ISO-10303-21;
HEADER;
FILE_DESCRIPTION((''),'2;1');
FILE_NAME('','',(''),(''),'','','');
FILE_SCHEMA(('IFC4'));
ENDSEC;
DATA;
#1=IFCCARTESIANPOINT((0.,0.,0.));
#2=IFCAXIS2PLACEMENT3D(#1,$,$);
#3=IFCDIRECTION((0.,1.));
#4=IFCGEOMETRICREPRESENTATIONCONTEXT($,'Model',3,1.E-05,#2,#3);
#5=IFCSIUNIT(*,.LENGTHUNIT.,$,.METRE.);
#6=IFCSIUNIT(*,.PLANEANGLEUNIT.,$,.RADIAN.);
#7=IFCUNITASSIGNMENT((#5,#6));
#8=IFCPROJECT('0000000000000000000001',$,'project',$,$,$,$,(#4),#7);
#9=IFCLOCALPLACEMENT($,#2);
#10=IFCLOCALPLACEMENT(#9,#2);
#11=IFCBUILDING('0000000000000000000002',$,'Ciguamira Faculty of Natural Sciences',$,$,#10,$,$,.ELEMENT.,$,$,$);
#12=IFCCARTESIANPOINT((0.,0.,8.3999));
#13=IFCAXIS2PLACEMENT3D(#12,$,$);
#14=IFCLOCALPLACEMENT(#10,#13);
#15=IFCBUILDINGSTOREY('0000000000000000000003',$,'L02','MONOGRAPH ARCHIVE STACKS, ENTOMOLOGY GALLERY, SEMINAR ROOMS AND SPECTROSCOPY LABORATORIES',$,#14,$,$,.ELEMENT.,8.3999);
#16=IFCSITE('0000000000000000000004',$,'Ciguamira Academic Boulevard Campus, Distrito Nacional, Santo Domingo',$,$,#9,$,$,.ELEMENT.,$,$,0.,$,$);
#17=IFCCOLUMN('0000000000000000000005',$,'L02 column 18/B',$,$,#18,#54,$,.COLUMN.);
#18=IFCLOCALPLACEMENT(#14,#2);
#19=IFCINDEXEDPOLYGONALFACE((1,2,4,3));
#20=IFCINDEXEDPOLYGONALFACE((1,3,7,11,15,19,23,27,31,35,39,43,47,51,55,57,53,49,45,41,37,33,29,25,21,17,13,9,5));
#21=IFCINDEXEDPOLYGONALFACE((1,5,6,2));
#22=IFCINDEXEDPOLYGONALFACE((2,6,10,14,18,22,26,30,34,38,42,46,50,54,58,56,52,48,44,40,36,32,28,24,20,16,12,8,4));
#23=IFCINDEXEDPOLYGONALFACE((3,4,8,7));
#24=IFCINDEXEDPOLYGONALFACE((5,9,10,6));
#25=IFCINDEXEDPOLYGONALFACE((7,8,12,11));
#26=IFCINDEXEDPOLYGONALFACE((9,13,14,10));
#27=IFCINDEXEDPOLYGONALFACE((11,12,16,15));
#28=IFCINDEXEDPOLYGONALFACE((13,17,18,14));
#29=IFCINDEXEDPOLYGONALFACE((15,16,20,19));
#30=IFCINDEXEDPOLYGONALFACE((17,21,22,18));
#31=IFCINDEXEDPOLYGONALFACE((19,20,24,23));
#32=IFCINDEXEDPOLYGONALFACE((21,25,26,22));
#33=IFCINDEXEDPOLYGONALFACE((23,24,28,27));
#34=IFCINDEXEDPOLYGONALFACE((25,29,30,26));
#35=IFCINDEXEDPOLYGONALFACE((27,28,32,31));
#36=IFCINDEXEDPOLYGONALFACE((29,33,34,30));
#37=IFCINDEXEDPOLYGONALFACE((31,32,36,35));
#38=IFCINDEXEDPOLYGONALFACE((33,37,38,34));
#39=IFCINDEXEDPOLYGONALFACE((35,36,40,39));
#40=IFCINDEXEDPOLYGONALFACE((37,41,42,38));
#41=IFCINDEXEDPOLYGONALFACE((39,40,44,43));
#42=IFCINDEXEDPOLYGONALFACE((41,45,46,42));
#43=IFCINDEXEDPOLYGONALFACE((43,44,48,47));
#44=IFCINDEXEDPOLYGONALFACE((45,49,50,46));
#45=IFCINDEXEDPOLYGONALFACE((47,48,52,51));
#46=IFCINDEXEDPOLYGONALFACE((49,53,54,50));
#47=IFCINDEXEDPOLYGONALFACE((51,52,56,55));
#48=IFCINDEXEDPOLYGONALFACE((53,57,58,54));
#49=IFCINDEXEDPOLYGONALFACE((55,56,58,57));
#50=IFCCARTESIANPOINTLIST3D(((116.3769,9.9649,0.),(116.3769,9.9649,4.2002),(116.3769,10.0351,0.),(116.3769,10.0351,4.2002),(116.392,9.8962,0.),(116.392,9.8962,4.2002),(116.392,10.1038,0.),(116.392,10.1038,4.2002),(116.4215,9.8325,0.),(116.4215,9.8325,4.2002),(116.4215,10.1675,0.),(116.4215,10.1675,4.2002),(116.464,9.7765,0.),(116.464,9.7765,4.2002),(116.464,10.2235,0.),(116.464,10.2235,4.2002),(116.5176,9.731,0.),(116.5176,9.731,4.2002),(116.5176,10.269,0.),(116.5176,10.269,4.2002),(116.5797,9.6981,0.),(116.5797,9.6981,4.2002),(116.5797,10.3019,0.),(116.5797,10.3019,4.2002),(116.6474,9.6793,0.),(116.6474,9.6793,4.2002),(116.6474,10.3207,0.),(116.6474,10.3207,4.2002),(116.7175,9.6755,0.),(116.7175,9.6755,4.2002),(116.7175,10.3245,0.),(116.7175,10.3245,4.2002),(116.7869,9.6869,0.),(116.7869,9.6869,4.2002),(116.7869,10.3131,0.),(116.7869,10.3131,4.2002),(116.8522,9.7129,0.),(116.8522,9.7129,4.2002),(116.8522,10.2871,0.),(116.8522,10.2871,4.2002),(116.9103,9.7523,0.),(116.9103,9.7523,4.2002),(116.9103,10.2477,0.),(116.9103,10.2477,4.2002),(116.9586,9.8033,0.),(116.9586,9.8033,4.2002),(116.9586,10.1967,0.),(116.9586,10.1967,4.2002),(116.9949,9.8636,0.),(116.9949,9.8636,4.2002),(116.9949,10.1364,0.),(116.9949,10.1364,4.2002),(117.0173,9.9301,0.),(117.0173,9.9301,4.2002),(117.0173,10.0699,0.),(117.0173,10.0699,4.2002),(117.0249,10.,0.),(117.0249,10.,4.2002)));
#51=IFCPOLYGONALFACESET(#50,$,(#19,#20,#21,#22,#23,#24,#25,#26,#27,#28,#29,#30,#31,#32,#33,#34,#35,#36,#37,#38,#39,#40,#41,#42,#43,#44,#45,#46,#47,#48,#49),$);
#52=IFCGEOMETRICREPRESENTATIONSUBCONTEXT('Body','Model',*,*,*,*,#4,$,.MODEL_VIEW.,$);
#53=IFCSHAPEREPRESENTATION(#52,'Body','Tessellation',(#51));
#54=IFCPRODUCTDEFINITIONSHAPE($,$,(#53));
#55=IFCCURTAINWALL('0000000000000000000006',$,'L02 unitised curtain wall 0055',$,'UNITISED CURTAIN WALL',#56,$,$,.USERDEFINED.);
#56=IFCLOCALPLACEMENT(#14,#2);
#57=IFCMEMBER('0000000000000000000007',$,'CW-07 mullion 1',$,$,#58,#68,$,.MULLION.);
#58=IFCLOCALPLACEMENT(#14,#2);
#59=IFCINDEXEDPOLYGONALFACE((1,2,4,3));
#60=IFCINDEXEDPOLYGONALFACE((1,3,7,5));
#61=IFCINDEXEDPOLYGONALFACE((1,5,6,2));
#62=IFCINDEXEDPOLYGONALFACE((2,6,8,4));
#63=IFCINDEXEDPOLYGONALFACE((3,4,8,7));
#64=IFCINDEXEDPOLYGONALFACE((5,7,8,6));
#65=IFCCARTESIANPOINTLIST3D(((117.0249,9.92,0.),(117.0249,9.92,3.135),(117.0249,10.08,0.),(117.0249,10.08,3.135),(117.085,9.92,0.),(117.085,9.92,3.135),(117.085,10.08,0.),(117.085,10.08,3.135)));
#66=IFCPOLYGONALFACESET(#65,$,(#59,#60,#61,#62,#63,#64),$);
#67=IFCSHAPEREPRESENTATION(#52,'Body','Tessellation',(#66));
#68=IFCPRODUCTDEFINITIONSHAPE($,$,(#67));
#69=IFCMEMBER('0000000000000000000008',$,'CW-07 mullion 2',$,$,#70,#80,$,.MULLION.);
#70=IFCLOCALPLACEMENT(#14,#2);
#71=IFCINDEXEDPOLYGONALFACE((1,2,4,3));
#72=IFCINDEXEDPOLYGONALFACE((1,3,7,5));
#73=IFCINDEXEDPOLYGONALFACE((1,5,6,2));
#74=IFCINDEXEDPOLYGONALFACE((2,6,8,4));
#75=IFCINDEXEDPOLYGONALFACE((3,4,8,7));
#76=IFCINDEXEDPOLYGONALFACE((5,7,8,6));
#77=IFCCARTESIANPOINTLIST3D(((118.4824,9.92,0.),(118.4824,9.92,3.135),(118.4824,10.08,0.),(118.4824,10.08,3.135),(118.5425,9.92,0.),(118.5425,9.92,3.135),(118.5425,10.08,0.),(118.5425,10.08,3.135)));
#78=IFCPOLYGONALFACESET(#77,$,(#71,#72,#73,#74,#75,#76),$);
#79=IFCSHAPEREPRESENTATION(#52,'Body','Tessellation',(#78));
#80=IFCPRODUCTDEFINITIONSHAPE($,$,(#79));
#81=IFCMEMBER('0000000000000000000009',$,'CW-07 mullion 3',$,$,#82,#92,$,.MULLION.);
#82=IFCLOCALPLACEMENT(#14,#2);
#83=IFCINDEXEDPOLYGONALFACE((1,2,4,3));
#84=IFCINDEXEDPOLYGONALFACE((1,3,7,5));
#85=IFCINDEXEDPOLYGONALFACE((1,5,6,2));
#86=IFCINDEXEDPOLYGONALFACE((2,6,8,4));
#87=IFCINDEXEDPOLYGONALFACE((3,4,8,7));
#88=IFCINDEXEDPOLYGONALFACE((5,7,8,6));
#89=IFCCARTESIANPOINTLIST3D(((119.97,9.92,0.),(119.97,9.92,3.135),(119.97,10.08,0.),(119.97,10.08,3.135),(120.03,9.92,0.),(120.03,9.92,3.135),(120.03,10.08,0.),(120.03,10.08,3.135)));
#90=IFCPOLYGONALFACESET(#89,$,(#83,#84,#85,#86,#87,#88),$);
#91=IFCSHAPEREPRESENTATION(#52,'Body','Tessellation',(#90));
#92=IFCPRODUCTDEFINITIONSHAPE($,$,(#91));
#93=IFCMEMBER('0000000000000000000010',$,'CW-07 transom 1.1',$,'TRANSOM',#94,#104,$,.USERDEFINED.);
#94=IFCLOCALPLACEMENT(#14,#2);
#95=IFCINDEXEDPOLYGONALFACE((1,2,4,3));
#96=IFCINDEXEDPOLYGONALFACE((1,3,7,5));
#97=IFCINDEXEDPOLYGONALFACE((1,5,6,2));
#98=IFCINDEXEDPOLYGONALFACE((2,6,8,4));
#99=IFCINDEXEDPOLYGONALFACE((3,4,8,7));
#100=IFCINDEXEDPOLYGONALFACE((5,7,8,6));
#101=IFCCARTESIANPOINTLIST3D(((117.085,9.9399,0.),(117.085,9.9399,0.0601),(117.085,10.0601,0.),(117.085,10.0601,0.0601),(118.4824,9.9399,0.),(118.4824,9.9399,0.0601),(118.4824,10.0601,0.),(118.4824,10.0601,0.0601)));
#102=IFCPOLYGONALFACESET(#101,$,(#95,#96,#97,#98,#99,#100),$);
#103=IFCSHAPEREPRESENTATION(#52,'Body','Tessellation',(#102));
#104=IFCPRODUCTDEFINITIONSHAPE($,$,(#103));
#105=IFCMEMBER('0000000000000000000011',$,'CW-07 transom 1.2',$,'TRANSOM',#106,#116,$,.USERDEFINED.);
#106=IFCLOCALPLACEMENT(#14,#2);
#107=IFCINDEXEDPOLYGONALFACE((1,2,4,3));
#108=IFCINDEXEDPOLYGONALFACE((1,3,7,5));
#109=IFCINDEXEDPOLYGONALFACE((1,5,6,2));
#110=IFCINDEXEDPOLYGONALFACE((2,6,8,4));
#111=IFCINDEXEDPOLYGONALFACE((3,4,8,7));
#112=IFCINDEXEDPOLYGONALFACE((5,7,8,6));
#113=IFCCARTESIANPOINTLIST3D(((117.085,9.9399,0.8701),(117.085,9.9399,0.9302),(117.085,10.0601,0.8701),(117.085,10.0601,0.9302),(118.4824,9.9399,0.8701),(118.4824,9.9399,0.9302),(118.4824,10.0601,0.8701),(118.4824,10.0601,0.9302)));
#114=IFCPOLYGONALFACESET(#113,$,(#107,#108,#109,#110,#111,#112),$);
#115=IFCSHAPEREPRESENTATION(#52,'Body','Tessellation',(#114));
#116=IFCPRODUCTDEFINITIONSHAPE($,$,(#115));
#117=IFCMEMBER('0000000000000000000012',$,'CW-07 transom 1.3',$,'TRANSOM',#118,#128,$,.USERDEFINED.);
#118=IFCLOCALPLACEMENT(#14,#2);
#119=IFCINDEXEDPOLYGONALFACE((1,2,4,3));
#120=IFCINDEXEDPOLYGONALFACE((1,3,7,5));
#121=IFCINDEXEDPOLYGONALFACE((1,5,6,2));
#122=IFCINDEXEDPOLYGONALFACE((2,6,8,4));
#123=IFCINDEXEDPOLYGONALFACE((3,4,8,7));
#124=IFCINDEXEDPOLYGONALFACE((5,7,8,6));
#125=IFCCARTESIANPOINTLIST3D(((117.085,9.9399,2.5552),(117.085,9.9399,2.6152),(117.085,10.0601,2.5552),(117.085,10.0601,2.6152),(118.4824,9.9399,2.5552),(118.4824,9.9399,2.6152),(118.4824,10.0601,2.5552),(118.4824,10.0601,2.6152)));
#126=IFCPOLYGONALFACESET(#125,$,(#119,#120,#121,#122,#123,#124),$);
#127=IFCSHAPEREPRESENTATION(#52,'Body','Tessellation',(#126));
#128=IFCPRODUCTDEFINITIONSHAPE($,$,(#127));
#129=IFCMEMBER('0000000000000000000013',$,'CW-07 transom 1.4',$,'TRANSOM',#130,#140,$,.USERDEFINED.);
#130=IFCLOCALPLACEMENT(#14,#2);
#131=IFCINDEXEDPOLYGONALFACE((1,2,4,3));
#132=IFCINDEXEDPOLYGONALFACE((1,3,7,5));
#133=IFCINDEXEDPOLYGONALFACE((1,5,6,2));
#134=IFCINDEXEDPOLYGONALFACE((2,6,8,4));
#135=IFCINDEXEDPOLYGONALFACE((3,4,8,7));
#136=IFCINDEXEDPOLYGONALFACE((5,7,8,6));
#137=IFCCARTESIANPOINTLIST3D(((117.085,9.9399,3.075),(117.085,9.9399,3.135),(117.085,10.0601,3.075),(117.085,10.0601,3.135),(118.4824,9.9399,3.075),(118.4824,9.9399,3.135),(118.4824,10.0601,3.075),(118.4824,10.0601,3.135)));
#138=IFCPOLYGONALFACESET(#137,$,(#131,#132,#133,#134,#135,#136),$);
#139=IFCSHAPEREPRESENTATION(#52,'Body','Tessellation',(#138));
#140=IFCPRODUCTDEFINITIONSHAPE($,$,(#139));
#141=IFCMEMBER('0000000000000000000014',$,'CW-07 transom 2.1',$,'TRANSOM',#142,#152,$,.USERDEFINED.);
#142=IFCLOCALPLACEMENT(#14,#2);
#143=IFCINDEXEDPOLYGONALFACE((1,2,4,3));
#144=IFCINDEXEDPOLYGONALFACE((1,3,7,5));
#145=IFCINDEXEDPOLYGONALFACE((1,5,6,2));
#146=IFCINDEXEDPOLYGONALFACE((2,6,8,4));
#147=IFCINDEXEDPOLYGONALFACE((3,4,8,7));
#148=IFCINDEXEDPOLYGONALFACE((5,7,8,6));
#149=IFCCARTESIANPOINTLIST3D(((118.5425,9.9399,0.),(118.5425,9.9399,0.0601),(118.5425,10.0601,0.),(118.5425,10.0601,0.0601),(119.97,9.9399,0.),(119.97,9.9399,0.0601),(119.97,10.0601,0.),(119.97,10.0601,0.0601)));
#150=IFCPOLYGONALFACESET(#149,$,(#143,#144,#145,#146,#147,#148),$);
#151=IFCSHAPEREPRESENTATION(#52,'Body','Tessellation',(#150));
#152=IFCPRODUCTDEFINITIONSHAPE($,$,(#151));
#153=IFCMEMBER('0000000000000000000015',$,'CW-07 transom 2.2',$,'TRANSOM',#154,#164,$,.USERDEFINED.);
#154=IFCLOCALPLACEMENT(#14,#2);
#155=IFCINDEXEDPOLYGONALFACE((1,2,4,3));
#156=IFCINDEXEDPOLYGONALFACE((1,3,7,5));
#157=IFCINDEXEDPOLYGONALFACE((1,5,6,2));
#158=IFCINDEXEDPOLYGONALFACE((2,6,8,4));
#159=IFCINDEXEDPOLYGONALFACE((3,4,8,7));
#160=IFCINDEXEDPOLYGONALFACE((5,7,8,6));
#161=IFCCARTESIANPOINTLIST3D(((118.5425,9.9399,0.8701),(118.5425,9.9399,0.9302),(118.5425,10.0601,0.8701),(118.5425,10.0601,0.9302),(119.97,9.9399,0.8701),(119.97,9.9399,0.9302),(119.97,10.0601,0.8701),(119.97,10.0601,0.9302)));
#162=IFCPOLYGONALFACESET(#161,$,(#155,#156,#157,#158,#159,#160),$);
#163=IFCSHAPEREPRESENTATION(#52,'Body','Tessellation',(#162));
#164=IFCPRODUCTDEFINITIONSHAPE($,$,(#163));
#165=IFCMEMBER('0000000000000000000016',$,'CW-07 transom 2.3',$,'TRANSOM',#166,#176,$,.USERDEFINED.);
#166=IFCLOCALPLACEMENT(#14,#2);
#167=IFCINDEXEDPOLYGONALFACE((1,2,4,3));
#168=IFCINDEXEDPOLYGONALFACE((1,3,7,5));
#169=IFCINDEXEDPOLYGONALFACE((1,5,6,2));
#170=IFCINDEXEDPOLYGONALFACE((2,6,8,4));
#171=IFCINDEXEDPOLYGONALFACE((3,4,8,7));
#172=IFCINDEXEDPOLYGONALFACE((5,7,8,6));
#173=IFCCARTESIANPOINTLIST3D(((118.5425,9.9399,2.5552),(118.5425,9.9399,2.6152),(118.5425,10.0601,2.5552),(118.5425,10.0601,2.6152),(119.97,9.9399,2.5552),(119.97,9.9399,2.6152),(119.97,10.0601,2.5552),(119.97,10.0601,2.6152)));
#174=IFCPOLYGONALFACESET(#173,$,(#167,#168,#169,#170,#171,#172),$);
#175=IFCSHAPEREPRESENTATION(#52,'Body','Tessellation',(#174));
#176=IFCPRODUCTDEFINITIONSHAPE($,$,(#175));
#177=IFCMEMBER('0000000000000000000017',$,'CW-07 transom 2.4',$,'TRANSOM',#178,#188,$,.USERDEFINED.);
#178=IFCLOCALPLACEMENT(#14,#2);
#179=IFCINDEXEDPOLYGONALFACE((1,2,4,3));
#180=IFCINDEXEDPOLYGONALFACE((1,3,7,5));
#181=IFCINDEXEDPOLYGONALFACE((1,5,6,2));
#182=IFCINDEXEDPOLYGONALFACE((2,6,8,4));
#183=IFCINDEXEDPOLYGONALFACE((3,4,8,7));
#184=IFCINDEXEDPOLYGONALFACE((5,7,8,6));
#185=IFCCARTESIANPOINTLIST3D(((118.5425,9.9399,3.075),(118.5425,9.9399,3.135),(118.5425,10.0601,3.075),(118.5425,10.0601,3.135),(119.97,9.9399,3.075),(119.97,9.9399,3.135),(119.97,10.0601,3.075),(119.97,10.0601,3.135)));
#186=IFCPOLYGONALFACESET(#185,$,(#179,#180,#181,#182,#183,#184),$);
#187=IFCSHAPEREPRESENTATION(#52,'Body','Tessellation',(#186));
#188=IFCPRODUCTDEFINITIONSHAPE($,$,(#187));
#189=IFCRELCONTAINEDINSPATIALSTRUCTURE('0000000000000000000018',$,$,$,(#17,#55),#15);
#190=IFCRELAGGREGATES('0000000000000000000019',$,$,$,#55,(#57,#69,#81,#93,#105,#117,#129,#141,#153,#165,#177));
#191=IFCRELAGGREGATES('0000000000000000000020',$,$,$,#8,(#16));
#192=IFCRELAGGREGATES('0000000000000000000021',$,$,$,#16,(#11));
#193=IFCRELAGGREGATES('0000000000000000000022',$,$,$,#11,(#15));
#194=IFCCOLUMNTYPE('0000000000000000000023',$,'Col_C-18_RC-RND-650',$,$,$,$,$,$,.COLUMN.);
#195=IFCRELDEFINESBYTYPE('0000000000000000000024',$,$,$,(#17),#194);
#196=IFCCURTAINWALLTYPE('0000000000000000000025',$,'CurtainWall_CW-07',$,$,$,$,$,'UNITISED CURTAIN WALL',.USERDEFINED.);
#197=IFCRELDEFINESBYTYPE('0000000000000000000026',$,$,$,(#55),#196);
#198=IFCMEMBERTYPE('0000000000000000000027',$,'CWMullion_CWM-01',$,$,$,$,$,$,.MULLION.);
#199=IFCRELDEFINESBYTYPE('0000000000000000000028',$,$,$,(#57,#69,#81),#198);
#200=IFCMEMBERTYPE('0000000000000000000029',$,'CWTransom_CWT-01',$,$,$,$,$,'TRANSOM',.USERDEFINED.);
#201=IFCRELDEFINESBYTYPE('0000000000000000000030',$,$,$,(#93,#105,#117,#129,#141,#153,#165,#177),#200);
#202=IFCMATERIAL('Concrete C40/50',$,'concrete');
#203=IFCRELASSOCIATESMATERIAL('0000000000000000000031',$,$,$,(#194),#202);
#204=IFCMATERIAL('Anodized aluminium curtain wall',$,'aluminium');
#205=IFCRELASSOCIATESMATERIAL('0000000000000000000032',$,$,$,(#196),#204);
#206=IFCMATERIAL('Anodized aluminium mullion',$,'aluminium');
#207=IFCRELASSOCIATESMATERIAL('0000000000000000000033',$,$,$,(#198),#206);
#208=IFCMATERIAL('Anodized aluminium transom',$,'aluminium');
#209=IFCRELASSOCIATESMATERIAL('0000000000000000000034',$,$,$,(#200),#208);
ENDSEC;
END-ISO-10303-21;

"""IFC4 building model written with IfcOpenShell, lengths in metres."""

from ifc_helpers import new_model, si_unit, direction, frame, origin, origin_2d, place, context, subcontext, project, spatial, rectangle, circle, extrude, material, material_profile, profile_set, type_object, element, aggregate, save


model = new_model("IFC4")

# Units and contexts
model_context = context("Model", 3, precision=1e-05, world=origin(), true_north=direction((0.0, 1.0)))
body_context = subcontext(model_context, "Body", "Model", "MODEL_VIEW")
ifc_project = project(units=[si_unit("LENGTHUNIT", "METRE"), si_unit("PLANEANGLEUNIT", "RADIAN")], contexts=[model_context])

# Site, building, storey
site_placement = place(None, origin())
site = spatial("IfcSite", under=ifc_project, at=site_placement, Name="Ciguamira Academic Boulevard Campus, Distrito Nacional, Santo Domingo", CompositionType="ELEMENT", RefElevation=0.0)
building_placement = place(site_placement, origin())
building = spatial("IfcBuilding", under=site, at=building_placement, Name="Ciguamira Faculty of Natural Sciences", CompositionType="ELEMENT")
storey_placement = place(building_placement, frame((0.0, 0.0, 8.3999)))
storey = spatial("IfcBuildingStorey", under=building, at=storey_placement, Name="L02", Description="MONOGRAPH ARCHIVE STACKS, ENTOMOLOGY GALLERY, SEMINAR ROOMS AND SPECTROSCOPY LABORATORIES", CompositionType="ELEMENT", Elevation=8.3999)

# Column
ifc_material_1 = material(Name="Concrete C40/50", Category="concrete")
ifc_material_profile_1 = material_profile(ifc_material_1, circle(Radius=0.325, at=origin_2d()), Name="RC-RND-650")
ifc_profile_set_1 = profile_set([ifc_material_profile_1], Name="Concrete C40/50")
column_type = type_object("IfcColumnType", Name="Col_C-18_RC-RND-650", PredefinedType="COLUMN", material=ifc_profile_set_1)
column_placement = place(storey_placement, frame((116.7, 10.0, 0.0), z_axis=(0.0, 0.0, 1.0), x_axis=(1.0, 0.0, 0.0)))
element("IfcColumn", 1, at=column_placement, inside=storey, type_object=column_type, Name="L02 column 18/B", PredefinedType="COLUMN", context=body_context, shape_type="SweptSolid", body=[
    extrude(circle(Radius=0.325, at=origin_2d()), origin(), (0.0, 0.0, 1.0), 4.2002),
])

# Curtain wall, members
ifc_material_2 = material(Name="Anodized aluminium curtain wall", Category="aluminium")
curtain_wall_type = type_object("IfcCurtainWallType", Name="CurtainWall_CW-07", ElementType="UNITISED CURTAIN WALL", PredefinedType="USERDEFINED", material=ifc_material_2)
curtain_wall_placement = place(storey_placement, origin())
curtain_wall = element("IfcCurtainWall", 2, at=curtain_wall_placement, inside=storey, type_object=curtain_wall_type, Name="L02 unitised curtain wall 0055", ObjectType="UNITISED CURTAIN WALL", PredefinedType="USERDEFINED")
ifc_material_3 = material(Name="Anodized aluminium mullion", Category="aluminium")
ifc_material_profile_2 = material_profile(ifc_material_3, rectangle(XDim=0.0601, YDim=0.1599, at=origin_2d()), Name="ALU-MUL-60X160")
ifc_profile_set_2 = profile_set([ifc_material_profile_2], Name="Anodized aluminium mullion")
member_type_1 = type_object("IfcMemberType", Name="CWMullion_CWM-01", PredefinedType="MULLION", material=ifc_profile_set_2)
member_1_placement = place(storey_placement, frame((117.0549, 10.0, 0.0), z_axis=(0.0, 0.0, 1.0), x_axis=(1.0, 0.0, 0.0)))
member_1 = element("IfcMember", 3, at=member_1_placement, type_object=member_type_1, Name="CW-07 mullion 1", PredefinedType="MULLION", context=body_context, shape_type="SweptSolid", body=[
    extrude(rectangle(XDim=0.0601, YDim=0.1599, at=origin_2d()), origin(), (0.0, 0.0, 1.0), 3.135),
])
member_2_placement = place(storey_placement, frame((118.5125, 10.0, 0.0), z_axis=(0.0, 0.0, 1.0), x_axis=(1.0, 0.0, 0.0)))
member_2 = element("IfcMember", 4, at=member_2_placement, type_object=member_type_1, Name="CW-07 mullion 2", PredefinedType="MULLION", context=body_context, shape_type="SweptSolid", body=[
    extrude(rectangle(XDim=0.0601, YDim=0.1599, at=origin_2d()), origin(), (0.0, 0.0, 1.0), 3.135),
])
member_3_placement = place(storey_placement, frame((120.0, 10.0, 0.0), z_axis=(0.0, 0.0, 1.0), x_axis=(1.0, 0.0, 0.0)))
member_3 = element("IfcMember", 5, at=member_3_placement, type_object=member_type_1, Name="CW-07 mullion 3", PredefinedType="MULLION", context=body_context, shape_type="SweptSolid", body=[
    extrude(rectangle(XDim=0.0601, YDim=0.1599, at=origin_2d()), origin(), (0.0, 0.0, 1.0), 3.135),
])
ifc_material_4 = material(Name="Anodized aluminium transom", Category="aluminium")
ifc_material_profile_3 = material_profile(ifc_material_4, rectangle(XDim=0.0601, YDim=0.1201, at=origin_2d()), Name="ALU-TRN-60X120")
ifc_profile_set_3 = profile_set([ifc_material_profile_3], Name="Anodized aluminium transom")
member_type_2 = type_object("IfcMemberType", Name="CWTransom_CWT-01", ElementType="TRANSOM", PredefinedType="USERDEFINED", material=ifc_profile_set_3)
member_4_placement = place(storey_placement, frame((117.085, 10.0, 0.03), z_axis=(1.0, 0.0, 0.0), x_axis=(0.0, 0.0, 1.0)))
member_4 = element("IfcMember", 6, at=member_4_placement, type_object=member_type_2, Name="CW-07 transom 1.1", ObjectType="TRANSOM", PredefinedType="USERDEFINED", context=body_context, shape_type="SweptSolid", body=[
    extrude(rectangle(XDim=0.0601, YDim=0.1201, at=origin_2d()), origin(), (0.0, 0.0, 1.0), 1.3975),
])
member_5_placement = place(storey_placement, frame((117.085, 10.0, 0.9001), z_axis=(1.0, 0.0, 0.0), x_axis=(0.0, 0.0, 1.0)))
member_5 = element("IfcMember", 7, at=member_5_placement, type_object=member_type_2, Name="CW-07 transom 1.2", ObjectType="TRANSOM", PredefinedType="USERDEFINED", context=body_context, shape_type="SweptSolid", body=[
    extrude(rectangle(XDim=0.0601, YDim=0.1201, at=origin_2d()), origin(), (0.0, 0.0, 1.0), 1.3975),
])
member_6_placement = place(storey_placement, frame((117.085, 10.0, 2.5852), z_axis=(1.0, 0.0, 0.0), x_axis=(0.0, 0.0, 1.0)))
member_6 = element("IfcMember", 8, at=member_6_placement, type_object=member_type_2, Name="CW-07 transom 1.3", ObjectType="TRANSOM", PredefinedType="USERDEFINED", context=body_context, shape_type="SweptSolid", body=[
    extrude(rectangle(XDim=0.0601, YDim=0.1201, at=origin_2d()), origin(), (0.0, 0.0, 1.0), 1.3975),
])
member_7_placement = place(storey_placement, frame((117.085, 10.0, 3.105), z_axis=(1.0, 0.0, 0.0), x_axis=(0.0, 0.0, 1.0)))
member_7 = element("IfcMember", 9, at=member_7_placement, type_object=member_type_2, Name="CW-07 transom 1.4", ObjectType="TRANSOM", PredefinedType="USERDEFINED", context=body_context, shape_type="SweptSolid", body=[
    extrude(rectangle(XDim=0.0601, YDim=0.1201, at=origin_2d()), origin(), (0.0, 0.0, 1.0), 1.3975),
])
member_8_placement = place(storey_placement, frame((118.5425, 10.0, 0.03), z_axis=(1.0, 0.0, 0.0), x_axis=(0.0, 0.0, 1.0)))
member_8 = element("IfcMember", 10, at=member_8_placement, type_object=member_type_2, Name="CW-07 transom 2.1", ObjectType="TRANSOM", PredefinedType="USERDEFINED", context=body_context, shape_type="SweptSolid", body=[
    extrude(rectangle(XDim=0.0601, YDim=0.1201, at=origin_2d()), origin(), (0.0, 0.0, 1.0), 1.4275),
])
member_9_placement = place(storey_placement, frame((118.5425, 10.0, 0.9001), z_axis=(1.0, 0.0, 0.0), x_axis=(0.0, 0.0, 1.0)))
member_9 = element("IfcMember", 11, at=member_9_placement, type_object=member_type_2, Name="CW-07 transom 2.2", ObjectType="TRANSOM", PredefinedType="USERDEFINED", context=body_context, shape_type="SweptSolid", body=[
    extrude(rectangle(XDim=0.0601, YDim=0.1201, at=origin_2d()), origin(), (0.0, 0.0, 1.0), 1.4275),
])
member_10_placement = place(storey_placement, frame((118.5425, 10.0, 2.5852), z_axis=(1.0, 0.0, 0.0), x_axis=(0.0, 0.0, 1.0)))
member_10 = element("IfcMember", 12, at=member_10_placement, type_object=member_type_2, Name="CW-07 transom 2.3", ObjectType="TRANSOM", PredefinedType="USERDEFINED", context=body_context, shape_type="SweptSolid", body=[
    extrude(rectangle(XDim=0.0601, YDim=0.1201, at=origin_2d()), origin(), (0.0, 0.0, 1.0), 1.4275),
])
member_11_placement = place(storey_placement, frame((118.5425, 10.0, 3.105), z_axis=(1.0, 0.0, 0.0), x_axis=(0.0, 0.0, 1.0)))
member_11 = element("IfcMember", 13, at=member_11_placement, type_object=member_type_2, Name="CW-07 transom 2.4", ObjectType="TRANSOM", PredefinedType="USERDEFINED", context=body_context, shape_type="SweptSolid", body=[
    extrude(rectangle(XDim=0.0601, YDim=0.1201, at=origin_2d()), origin(), (0.0, 0.0, 1.0), 1.4275),
])

aggregate(curtain_wall, [member_1, member_2, member_3, member_4, member_5, member_6, member_7, member_8, member_9, member_10, member_11])

save(model, "model.ifc")
